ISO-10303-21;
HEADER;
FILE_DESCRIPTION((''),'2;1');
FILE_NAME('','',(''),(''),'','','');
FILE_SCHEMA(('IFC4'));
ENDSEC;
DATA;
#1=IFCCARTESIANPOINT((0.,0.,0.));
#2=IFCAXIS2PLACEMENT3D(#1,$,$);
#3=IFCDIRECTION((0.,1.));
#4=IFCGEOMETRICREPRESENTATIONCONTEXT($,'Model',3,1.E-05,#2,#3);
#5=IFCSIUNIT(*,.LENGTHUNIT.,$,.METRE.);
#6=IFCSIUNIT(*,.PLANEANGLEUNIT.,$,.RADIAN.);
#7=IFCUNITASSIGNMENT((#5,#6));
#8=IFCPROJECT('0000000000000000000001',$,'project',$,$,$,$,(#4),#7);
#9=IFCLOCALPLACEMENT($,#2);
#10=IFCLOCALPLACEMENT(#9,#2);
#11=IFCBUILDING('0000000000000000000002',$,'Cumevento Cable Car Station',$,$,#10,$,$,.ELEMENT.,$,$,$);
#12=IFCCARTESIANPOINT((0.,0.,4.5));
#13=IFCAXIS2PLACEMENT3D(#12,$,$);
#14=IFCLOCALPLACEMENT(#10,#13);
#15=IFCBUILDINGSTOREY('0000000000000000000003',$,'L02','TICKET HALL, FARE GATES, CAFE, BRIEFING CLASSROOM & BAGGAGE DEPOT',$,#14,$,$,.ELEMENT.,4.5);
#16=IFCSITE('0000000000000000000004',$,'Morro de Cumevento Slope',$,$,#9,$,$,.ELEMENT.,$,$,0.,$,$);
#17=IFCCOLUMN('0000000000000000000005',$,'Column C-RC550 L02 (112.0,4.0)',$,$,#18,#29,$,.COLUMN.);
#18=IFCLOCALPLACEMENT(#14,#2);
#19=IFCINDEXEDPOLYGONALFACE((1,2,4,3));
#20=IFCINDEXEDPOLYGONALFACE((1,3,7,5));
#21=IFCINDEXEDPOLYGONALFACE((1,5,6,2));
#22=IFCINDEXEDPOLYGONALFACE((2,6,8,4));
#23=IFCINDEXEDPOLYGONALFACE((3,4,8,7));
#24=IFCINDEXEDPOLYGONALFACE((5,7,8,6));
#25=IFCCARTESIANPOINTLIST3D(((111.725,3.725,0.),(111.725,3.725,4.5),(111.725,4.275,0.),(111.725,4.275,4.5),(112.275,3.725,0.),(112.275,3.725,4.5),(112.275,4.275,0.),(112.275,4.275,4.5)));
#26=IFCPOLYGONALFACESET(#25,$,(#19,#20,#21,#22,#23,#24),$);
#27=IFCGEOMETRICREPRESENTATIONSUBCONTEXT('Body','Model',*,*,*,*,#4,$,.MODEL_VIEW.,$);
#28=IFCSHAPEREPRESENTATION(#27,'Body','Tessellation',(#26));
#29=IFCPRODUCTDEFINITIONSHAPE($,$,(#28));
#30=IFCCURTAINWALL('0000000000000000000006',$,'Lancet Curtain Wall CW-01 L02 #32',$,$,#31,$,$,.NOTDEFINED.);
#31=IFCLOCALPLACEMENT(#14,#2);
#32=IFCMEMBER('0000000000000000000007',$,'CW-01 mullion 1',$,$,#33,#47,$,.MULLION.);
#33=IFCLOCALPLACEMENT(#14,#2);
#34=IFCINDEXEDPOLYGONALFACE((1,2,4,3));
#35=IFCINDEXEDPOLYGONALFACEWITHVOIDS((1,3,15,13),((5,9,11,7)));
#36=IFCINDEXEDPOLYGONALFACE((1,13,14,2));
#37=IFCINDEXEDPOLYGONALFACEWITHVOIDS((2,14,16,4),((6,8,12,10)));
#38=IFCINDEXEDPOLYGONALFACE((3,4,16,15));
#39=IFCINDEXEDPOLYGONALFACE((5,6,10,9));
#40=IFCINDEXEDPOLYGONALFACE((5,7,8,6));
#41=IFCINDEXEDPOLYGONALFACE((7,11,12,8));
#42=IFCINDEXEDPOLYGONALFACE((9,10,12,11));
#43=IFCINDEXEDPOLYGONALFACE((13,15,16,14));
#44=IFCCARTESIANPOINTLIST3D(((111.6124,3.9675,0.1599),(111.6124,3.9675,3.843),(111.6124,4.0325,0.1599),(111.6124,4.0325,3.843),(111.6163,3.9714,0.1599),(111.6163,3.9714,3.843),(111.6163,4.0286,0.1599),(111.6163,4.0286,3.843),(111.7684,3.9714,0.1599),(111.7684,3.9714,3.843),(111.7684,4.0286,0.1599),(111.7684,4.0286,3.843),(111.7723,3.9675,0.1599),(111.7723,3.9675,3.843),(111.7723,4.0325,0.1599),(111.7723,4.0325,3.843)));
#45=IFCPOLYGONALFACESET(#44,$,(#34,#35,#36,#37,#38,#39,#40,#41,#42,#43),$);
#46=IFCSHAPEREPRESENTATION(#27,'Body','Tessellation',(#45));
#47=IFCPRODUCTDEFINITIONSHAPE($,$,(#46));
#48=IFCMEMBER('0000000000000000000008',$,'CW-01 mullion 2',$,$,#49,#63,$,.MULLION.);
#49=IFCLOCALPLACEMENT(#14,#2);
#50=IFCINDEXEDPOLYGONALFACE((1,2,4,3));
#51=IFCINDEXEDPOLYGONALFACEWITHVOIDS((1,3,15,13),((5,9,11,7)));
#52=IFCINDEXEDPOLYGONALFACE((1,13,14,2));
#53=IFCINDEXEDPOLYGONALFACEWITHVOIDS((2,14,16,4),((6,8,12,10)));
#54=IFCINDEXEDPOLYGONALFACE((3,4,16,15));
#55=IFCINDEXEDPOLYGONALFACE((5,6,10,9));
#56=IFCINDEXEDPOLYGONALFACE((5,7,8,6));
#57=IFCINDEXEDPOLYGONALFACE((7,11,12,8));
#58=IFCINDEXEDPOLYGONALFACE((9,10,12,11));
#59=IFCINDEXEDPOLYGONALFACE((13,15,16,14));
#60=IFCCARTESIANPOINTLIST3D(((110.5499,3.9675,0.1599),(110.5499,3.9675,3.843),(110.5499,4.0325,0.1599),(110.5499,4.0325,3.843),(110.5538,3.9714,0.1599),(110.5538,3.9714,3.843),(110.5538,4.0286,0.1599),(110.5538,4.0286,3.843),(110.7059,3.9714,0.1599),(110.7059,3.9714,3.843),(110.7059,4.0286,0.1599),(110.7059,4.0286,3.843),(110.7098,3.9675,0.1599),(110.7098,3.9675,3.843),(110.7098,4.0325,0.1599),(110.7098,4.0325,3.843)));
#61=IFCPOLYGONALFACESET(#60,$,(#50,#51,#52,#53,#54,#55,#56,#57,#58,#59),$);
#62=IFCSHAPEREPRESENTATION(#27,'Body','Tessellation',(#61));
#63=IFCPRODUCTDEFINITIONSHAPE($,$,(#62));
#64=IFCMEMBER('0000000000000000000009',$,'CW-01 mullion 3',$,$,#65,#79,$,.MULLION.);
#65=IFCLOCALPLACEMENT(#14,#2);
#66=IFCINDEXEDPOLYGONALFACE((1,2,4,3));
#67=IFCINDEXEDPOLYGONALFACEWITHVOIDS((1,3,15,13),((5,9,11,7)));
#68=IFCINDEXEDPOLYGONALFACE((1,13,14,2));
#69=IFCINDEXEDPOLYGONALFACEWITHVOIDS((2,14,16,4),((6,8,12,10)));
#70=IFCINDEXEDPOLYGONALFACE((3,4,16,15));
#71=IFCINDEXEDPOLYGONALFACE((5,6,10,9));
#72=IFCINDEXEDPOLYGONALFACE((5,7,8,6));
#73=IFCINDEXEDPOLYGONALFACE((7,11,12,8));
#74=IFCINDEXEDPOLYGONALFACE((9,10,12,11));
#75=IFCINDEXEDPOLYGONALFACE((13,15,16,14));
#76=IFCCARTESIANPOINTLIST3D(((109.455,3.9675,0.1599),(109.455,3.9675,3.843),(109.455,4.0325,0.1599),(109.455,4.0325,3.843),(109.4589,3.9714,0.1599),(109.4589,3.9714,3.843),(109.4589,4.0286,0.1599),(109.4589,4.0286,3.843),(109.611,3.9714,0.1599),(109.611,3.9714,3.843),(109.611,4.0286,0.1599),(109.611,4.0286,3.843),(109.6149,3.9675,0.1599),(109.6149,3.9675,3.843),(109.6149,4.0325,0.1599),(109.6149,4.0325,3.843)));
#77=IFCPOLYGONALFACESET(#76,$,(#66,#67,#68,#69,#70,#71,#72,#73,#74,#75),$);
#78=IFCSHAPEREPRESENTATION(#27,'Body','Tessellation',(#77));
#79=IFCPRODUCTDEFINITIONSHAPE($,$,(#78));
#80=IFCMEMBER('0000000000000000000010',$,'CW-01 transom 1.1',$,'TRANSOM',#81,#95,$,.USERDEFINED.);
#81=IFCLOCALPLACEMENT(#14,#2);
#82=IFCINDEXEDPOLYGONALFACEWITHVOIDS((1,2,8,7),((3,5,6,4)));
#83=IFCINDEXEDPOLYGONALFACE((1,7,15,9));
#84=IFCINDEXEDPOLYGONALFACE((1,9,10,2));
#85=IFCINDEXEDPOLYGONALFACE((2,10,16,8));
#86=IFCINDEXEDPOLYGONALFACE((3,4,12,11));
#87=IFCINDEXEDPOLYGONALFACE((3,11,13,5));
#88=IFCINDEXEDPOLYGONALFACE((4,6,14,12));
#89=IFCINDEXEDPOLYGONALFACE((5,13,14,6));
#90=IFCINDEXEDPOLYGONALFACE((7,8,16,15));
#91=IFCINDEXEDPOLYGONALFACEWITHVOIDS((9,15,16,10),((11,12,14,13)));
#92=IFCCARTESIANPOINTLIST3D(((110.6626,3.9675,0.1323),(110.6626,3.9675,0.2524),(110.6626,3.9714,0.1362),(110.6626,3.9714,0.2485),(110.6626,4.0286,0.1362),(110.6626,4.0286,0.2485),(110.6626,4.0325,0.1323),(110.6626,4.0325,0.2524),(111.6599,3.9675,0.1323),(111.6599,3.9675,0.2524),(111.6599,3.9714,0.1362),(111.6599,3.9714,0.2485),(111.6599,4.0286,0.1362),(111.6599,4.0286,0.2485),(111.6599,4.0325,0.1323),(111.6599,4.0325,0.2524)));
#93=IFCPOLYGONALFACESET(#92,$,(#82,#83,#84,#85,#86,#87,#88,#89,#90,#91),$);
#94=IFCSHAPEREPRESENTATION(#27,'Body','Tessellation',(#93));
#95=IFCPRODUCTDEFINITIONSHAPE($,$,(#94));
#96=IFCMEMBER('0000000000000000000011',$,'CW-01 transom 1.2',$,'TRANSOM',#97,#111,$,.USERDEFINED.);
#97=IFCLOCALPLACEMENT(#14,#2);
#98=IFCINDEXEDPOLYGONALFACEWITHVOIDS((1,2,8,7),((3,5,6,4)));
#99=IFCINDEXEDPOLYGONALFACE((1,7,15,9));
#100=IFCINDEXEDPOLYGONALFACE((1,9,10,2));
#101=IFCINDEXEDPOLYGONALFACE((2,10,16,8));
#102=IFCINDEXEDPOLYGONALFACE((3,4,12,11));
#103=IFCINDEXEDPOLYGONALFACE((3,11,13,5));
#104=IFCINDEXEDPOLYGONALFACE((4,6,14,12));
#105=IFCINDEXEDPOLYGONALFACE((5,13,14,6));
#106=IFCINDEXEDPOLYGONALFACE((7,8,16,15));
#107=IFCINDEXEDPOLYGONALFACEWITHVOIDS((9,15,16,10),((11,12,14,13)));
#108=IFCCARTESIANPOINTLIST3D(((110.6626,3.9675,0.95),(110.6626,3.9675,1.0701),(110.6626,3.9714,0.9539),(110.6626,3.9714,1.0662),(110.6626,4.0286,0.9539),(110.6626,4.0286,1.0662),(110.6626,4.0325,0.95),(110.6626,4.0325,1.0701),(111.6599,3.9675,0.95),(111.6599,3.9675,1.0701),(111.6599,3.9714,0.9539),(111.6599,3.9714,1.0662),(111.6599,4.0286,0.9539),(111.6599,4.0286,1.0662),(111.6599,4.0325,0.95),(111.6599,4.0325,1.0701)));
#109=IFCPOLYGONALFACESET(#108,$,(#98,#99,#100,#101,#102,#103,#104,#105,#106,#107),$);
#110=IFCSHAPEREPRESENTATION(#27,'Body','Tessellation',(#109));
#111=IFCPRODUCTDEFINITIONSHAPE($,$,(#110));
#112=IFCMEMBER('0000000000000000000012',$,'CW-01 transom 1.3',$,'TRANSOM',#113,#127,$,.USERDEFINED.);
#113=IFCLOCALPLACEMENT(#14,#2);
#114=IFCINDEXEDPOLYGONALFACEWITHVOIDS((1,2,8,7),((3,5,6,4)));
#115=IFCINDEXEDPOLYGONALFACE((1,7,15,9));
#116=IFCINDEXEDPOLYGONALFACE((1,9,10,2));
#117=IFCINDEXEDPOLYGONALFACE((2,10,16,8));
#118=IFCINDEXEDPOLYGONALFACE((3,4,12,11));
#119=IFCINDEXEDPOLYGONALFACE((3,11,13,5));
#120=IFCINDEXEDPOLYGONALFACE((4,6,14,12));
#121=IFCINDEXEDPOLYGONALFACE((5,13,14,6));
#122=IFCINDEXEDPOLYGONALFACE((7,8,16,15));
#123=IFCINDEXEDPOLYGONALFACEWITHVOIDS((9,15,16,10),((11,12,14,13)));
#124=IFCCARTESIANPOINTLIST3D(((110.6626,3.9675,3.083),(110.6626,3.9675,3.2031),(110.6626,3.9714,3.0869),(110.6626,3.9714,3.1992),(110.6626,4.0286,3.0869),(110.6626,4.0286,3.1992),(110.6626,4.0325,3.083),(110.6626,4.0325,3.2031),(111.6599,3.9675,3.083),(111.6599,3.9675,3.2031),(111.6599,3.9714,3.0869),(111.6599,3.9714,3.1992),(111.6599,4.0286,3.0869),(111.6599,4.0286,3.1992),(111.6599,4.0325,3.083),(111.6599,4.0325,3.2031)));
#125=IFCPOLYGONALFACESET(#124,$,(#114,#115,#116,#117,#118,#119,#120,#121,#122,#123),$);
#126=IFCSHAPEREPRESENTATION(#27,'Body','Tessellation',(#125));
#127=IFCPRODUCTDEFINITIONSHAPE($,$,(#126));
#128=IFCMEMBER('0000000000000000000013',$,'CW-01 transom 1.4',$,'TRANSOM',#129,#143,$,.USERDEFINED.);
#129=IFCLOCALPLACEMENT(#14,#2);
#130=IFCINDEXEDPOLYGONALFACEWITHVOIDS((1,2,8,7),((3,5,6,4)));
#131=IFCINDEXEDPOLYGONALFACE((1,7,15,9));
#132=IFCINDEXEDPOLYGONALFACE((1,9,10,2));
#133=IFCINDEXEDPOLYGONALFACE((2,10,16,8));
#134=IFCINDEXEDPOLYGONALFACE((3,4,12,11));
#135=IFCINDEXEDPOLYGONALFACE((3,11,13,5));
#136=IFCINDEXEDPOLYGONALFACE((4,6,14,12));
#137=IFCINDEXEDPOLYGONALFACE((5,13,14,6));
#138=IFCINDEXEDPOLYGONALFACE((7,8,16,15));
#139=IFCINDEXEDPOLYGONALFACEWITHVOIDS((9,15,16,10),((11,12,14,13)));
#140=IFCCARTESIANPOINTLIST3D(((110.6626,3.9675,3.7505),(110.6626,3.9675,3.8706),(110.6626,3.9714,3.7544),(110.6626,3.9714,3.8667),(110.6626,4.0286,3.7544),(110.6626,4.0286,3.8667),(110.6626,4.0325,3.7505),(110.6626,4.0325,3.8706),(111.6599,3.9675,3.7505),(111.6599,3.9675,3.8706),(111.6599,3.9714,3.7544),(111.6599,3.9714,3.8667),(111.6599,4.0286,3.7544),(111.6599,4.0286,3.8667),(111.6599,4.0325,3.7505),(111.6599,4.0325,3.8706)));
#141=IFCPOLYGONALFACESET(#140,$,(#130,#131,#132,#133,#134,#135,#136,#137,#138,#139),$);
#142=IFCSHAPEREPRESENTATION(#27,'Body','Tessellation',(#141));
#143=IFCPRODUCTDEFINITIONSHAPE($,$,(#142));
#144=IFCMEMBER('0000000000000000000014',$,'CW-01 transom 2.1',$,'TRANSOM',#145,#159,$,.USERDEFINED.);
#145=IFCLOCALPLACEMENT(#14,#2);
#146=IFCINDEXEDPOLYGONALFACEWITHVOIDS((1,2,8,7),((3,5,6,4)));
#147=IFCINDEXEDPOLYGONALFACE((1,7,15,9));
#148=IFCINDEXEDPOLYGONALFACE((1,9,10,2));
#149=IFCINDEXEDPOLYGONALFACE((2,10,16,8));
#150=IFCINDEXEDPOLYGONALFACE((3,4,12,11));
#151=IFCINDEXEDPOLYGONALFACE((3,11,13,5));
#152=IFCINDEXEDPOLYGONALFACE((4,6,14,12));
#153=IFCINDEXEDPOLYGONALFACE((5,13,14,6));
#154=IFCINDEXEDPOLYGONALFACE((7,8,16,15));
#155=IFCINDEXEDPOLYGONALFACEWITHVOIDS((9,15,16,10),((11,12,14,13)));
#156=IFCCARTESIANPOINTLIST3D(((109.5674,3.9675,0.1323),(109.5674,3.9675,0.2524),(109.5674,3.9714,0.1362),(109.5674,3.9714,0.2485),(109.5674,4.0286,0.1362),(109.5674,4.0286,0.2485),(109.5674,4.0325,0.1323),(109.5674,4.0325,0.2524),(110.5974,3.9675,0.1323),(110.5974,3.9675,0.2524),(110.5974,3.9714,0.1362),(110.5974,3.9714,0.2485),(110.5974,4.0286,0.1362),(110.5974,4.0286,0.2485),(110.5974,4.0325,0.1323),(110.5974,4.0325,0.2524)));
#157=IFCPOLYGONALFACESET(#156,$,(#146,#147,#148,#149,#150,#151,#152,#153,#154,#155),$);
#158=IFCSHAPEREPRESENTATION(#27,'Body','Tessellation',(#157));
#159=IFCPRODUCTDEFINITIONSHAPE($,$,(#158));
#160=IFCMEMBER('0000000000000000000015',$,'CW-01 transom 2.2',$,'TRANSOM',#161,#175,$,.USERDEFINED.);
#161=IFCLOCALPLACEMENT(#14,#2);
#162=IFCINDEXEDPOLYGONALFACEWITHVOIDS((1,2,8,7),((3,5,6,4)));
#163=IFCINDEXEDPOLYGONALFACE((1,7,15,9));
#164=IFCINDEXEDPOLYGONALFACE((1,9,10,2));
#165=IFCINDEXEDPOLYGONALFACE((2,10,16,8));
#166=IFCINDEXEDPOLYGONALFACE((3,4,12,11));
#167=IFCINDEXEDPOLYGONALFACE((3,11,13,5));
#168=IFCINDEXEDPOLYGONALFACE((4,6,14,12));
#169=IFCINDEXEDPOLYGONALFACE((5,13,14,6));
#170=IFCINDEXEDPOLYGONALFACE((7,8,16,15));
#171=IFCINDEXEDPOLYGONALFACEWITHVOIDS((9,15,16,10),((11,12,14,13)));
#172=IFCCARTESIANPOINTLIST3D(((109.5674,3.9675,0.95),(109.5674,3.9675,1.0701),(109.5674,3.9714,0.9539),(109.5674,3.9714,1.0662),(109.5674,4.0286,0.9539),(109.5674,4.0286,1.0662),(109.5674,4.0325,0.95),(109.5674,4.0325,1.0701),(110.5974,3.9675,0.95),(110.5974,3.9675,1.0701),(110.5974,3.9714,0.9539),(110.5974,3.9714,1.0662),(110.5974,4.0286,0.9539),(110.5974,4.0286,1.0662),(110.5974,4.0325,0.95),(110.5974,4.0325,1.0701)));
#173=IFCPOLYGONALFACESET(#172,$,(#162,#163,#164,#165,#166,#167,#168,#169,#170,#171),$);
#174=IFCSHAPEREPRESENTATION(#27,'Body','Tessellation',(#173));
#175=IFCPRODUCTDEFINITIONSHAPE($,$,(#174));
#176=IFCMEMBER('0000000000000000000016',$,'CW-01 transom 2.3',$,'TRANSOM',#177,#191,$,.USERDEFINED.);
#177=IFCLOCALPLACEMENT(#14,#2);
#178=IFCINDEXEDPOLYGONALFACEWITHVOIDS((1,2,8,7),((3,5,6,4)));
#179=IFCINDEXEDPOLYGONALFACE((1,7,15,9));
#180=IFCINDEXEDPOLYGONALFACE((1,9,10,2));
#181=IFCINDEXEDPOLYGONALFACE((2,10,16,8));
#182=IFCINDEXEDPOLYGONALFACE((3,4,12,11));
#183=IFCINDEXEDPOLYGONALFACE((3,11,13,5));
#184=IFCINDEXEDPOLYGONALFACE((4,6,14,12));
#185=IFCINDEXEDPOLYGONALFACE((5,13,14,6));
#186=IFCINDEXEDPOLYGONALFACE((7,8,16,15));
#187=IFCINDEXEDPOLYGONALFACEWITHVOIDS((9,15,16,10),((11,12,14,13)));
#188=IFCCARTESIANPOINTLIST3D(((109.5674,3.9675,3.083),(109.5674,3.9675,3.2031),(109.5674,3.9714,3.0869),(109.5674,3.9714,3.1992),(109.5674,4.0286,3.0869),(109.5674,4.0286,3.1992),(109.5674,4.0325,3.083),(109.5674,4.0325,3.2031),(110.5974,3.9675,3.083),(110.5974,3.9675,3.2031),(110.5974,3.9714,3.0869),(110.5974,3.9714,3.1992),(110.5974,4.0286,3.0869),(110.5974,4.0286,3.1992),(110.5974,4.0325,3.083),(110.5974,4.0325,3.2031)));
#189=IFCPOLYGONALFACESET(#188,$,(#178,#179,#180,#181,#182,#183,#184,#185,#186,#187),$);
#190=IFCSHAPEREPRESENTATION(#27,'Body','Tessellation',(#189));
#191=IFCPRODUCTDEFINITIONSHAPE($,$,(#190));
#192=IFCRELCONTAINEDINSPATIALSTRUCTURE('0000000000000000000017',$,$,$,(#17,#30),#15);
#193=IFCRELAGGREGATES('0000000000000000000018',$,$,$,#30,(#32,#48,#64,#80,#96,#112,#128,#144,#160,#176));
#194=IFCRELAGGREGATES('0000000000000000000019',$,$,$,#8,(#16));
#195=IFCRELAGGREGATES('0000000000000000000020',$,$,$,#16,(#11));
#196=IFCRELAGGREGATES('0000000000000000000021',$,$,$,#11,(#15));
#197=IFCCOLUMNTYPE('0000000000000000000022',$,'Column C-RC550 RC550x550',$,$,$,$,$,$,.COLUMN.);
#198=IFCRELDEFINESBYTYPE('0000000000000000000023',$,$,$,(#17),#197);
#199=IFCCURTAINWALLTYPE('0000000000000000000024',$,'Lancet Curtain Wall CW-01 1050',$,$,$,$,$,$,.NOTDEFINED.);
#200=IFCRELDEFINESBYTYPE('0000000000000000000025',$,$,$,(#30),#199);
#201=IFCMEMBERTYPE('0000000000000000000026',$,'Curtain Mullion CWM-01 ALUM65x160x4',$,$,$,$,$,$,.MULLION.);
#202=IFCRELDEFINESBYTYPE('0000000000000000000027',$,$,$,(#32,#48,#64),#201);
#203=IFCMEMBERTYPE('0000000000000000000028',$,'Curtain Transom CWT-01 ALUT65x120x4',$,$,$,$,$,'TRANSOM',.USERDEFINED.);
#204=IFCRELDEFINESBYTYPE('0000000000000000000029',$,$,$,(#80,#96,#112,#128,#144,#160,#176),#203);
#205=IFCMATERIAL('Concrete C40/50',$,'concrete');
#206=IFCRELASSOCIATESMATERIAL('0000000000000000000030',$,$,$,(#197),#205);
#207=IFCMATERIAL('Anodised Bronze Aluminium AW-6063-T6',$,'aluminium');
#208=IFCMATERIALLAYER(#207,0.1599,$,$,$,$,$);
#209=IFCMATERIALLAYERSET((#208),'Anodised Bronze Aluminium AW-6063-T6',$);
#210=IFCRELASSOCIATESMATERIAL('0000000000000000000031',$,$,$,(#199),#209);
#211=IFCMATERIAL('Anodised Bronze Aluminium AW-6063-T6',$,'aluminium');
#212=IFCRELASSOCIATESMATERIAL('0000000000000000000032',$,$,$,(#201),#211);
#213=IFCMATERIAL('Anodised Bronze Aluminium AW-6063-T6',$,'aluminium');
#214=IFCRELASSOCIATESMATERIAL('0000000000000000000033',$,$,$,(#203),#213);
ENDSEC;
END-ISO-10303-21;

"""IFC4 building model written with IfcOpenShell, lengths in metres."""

from ifc_helpers import new_model, si_unit, direction, frame, origin, origin_2d, place, context, subcontext, project, spatial, rectangle, hollow_rectangle, extrude, material, layer, layer_set, material_profile, profile_set, type_object, element, aggregate, save


model = new_model("IFC4")

# Units and contexts
model_context = context("Model", 3, precision=1e-05, world=origin(), true_north=direction((0.0, 1.0)))
body_context = subcontext(model_context, "Body", "Model", "MODEL_VIEW")
ifc_project = project(units=[si_unit("LENGTHUNIT", "METRE"), si_unit("PLANEANGLEUNIT", "RADIAN")], contexts=[model_context])

# Site, building, storey
site_placement = place(None, origin())
site = spatial("IfcSite", under=ifc_project, at=site_placement, Name="Morro de Cumevento Slope", CompositionType="ELEMENT", RefElevation=0.0)
building_placement = place(site_placement, origin())
building = spatial("IfcBuilding", under=site, at=building_placement, Name="Cumevento Cable Car Station", CompositionType="ELEMENT")
storey_placement = place(building_placement, frame((0.0, 0.0, 4.5)))
storey = spatial("IfcBuildingStorey", under=building, at=storey_placement, Name="L02", Description="TICKET HALL, FARE GATES, CAFE, BRIEFING CLASSROOM & BAGGAGE DEPOT", CompositionType="ELEMENT", Elevation=4.5)

# Column
ifc_material_1 = material(Name="Concrete C40/50", Category="concrete")
ifc_material_profile_1 = material_profile(ifc_material_1, rectangle(XDim=0.55, YDim=0.55, at=origin_2d()), Name="RC550x550")
ifc_profile_set_1 = profile_set([ifc_material_profile_1], Name="Concrete C40/50")
column_type = type_object("IfcColumnType", Name="Column C-RC550 RC550x550", PredefinedType="COLUMN", material=ifc_profile_set_1)
column_placement = place(storey_placement, frame((112.0, 4.0, 0.0), z_axis=(0.0, 0.0, 1.0), x_axis=(1.0, 0.0, 0.0)))
element("IfcColumn", 1, at=column_placement, inside=storey, type_object=column_type, Name="Column C-RC550 L02 (112.0,4.0)", PredefinedType="COLUMN", context=body_context, shape_type="SweptSolid", body=[
    extrude(rectangle(XDim=0.55, YDim=0.55, at=origin_2d()), origin(), (0.0, 0.0, 1.0), 4.5),
])

# Curtain wall, members
ifc_material_2 = material(Name="Anodised Bronze Aluminium AW-6063-T6", Category="aluminium")
ifc_layer_1 = layer(ifc_material_2, 0.1599)
ifc_layer_set_1 = layer_set([ifc_layer_1], Name="Anodised Bronze Aluminium AW-6063-T6")
curtain_wall_type = type_object("IfcCurtainWallType", Name="Lancet Curtain Wall CW-01 1050", PredefinedType="NOTDEFINED", material=ifc_layer_set_1)
curtain_wall_placement = place(storey_placement, origin())
curtain_wall = element("IfcCurtainWall", 2, at=curtain_wall_placement, inside=storey, type_object=curtain_wall_type, Name="Lancet Curtain Wall CW-01 L02 #32", PredefinedType="NOTDEFINED")
ifc_material_3 = material(Name="Anodised Bronze Aluminium AW-6063-T6", Category="aluminium")
ifc_material_profile_2 = material_profile(ifc_material_3, hollow_rectangle(XDim=0.0649, YDim=0.1599, WallThickness=0.0039, at=origin_2d()), Name="ALUM65x160x4")
ifc_profile_set_2 = profile_set([ifc_material_profile_2], Name="Anodised Bronze Aluminium AW-6063-T6")
member_type_1 = type_object("IfcMemberType", Name="Curtain Mullion CWM-01 ALUM65x160x4", PredefinedType="MULLION", material=ifc_profile_set_2)
member_1_placement = place(storey_placement, frame((111.6924, 4.0, 0.1599), z_axis=(0.0, 0.0, 1.0), x_axis=(0.0, -1.0, 0.0)))
member_1 = element("IfcMember", 3, at=member_1_placement, type_object=member_type_1, Name="CW-01 mullion 1", PredefinedType="MULLION", context=body_context, shape_type="SweptSolid", body=[
    extrude(hollow_rectangle(XDim=0.0649, YDim=0.1599, WallThickness=0.0039, at=origin_2d()), origin(), (0.0, 0.0, 1.0), 3.6831),
])
member_2_placement = place(storey_placement, frame((110.6299, 4.0, 0.1599), z_axis=(0.0, 0.0, 1.0), x_axis=(0.0, -1.0, 0.0)))
member_2 = element("IfcMember", 4, at=member_2_placement, type_object=member_type_1, Name="CW-01 mullion 2", PredefinedType="MULLION", context=body_context, shape_type="SweptSolid", body=[
    extrude(hollow_rectangle(XDim=0.0649, YDim=0.1599, WallThickness=0.0039, at=origin_2d()), origin(), (0.0, 0.0, 1.0), 3.6831),
])
member_3_placement = place(storey_placement, frame((109.5349, 4.0, 0.1599), z_axis=(0.0, 0.0, 1.0), x_axis=(0.0, -1.0, 0.0)))
member_3 = element("IfcMember", 5, at=member_3_placement, type_object=member_type_1, Name="CW-01 mullion 3", PredefinedType="MULLION", context=body_context, shape_type="SweptSolid", body=[
    extrude(hollow_rectangle(XDim=0.0649, YDim=0.1599, WallThickness=0.0039, at=origin_2d()), origin(), (0.0, 0.0, 1.0), 3.6831),
])
ifc_material_4 = material(Name="Anodised Bronze Aluminium AW-6063-T6", Category="aluminium")
ifc_material_profile_3 = material_profile(ifc_material_4, hollow_rectangle(XDim=0.0649, YDim=0.1201, WallThickness=0.0039, at=origin_2d()), Name="ALUT65x120x4")
ifc_profile_set_3 = profile_set([ifc_material_profile_3], Name="Anodised Bronze Aluminium AW-6063-T6")
member_type_2 = type_object("IfcMemberType", Name="Curtain Transom CWT-01 ALUT65x120x4", ElementType="TRANSOM", PredefinedType="USERDEFINED", material=ifc_profile_set_3)
member_4_placement = place(storey_placement, frame((111.6599, 4.0, 0.1924), z_axis=(-1.0, 0.0, 0.0), x_axis=(0.0, -1.0, 0.0)))
member_4 = element("IfcMember", 6, at=member_4_placement, type_object=member_type_2, Name="CW-01 transom 1.1", ObjectType="TRANSOM", PredefinedType="USERDEFINED", context=body_context, shape_type="SweptSolid", body=[
    extrude(hollow_rectangle(XDim=0.0649, YDim=0.1201, WallThickness=0.0039, at=origin_2d()), origin(), (0.0, 0.0, 1.0), 0.9973),
])
member_5_placement = place(storey_placement, frame((111.6599, 4.0, 1.01), z_axis=(-1.0, 0.0, 0.0), x_axis=(0.0, -1.0, 0.0)))
member_5 = element("IfcMember", 7, at=member_5_placement, type_object=member_type_2, Name="CW-01 transom 1.2", ObjectType="TRANSOM", PredefinedType="USERDEFINED", context=body_context, shape_type="SweptSolid", body=[
    extrude(hollow_rectangle(XDim=0.0649, YDim=0.1201, WallThickness=0.0039, at=origin_2d()), origin(), (0.0, 0.0, 1.0), 0.9973),
])
member_6_placement = place(storey_placement, frame((111.6599, 4.0, 3.1431), z_axis=(-1.0, 0.0, 0.0), x_axis=(0.0, -1.0, 0.0)))
member_6 = element("IfcMember", 8, at=member_6_placement, type_object=member_type_2, Name="CW-01 transom 1.3", ObjectType="TRANSOM", PredefinedType="USERDEFINED", context=body_context, shape_type="SweptSolid", body=[
    extrude(hollow_rectangle(XDim=0.0649, YDim=0.1201, WallThickness=0.0039, at=origin_2d()), origin(), (0.0, 0.0, 1.0), 0.9973),
])
member_7_placement = place(storey_placement, frame((111.6599, 4.0, 3.8105), z_axis=(-1.0, 0.0, 0.0), x_axis=(0.0, -1.0, 0.0)))
member_7 = element("IfcMember", 9, at=member_7_placement, type_object=member_type_2, Name="CW-01 transom 1.4", ObjectType="TRANSOM", PredefinedType="USERDEFINED", context=body_context, shape_type="SweptSolid", body=[
    extrude(hollow_rectangle(XDim=0.0649, YDim=0.1201, WallThickness=0.0039, at=origin_2d()), origin(), (0.0, 0.0, 1.0), 0.9973),
])
member_8_placement = place(storey_placement, frame((110.5974, 4.0, 0.1924), z_axis=(-1.0, 0.0, 0.0), x_axis=(0.0, -1.0, 0.0)))
member_8 = element("IfcMember", 10, at=member_8_placement, type_object=member_type_2, Name="CW-01 transom 2.1", ObjectType="TRANSOM", PredefinedType="USERDEFINED", context=body_context, shape_type="SweptSolid", body=[
    extrude(hollow_rectangle(XDim=0.0649, YDim=0.1201, WallThickness=0.0039, at=origin_2d()), origin(), (0.0, 0.0, 1.0), 1.03),
])
member_9_placement = place(storey_placement, frame((110.5974, 4.0, 1.01), z_axis=(-1.0, 0.0, 0.0), x_axis=(0.0, -1.0, 0.0)))
member_9 = element("IfcMember", 11, at=member_9_placement, type_object=member_type_2, Name="CW-01 transom 2.2", ObjectType="TRANSOM", PredefinedType="USERDEFINED", context=body_context, shape_type="SweptSolid", body=[
    extrude(hollow_rectangle(XDim=0.0649, YDim=0.1201, WallThickness=0.0039, at=origin_2d()), origin(), (0.0, 0.0, 1.0), 1.03),
])
member_10_placement = place(storey_placement, frame((110.5974, 4.0, 3.1431), z_axis=(-1.0, 0.0, 0.0), x_axis=(0.0, -1.0, 0.0)))
member_10 = element("IfcMember", 12, at=member_10_placement, type_object=member_type_2, Name="CW-01 transom 2.3", ObjectType="TRANSOM", PredefinedType="USERDEFINED", context=body_context, shape_type="SweptSolid", body=[
    extrude(hollow_rectangle(XDim=0.0649, YDim=0.1201, WallThickness=0.0039, at=origin_2d()), origin(), (0.0, 0.0, 1.0), 1.03),
])

aggregate(curtain_wall, [member_1, member_2, member_3, member_4, member_5, member_6, member_7, member_8, member_9, member_10])

save(model, "model.ifc")
